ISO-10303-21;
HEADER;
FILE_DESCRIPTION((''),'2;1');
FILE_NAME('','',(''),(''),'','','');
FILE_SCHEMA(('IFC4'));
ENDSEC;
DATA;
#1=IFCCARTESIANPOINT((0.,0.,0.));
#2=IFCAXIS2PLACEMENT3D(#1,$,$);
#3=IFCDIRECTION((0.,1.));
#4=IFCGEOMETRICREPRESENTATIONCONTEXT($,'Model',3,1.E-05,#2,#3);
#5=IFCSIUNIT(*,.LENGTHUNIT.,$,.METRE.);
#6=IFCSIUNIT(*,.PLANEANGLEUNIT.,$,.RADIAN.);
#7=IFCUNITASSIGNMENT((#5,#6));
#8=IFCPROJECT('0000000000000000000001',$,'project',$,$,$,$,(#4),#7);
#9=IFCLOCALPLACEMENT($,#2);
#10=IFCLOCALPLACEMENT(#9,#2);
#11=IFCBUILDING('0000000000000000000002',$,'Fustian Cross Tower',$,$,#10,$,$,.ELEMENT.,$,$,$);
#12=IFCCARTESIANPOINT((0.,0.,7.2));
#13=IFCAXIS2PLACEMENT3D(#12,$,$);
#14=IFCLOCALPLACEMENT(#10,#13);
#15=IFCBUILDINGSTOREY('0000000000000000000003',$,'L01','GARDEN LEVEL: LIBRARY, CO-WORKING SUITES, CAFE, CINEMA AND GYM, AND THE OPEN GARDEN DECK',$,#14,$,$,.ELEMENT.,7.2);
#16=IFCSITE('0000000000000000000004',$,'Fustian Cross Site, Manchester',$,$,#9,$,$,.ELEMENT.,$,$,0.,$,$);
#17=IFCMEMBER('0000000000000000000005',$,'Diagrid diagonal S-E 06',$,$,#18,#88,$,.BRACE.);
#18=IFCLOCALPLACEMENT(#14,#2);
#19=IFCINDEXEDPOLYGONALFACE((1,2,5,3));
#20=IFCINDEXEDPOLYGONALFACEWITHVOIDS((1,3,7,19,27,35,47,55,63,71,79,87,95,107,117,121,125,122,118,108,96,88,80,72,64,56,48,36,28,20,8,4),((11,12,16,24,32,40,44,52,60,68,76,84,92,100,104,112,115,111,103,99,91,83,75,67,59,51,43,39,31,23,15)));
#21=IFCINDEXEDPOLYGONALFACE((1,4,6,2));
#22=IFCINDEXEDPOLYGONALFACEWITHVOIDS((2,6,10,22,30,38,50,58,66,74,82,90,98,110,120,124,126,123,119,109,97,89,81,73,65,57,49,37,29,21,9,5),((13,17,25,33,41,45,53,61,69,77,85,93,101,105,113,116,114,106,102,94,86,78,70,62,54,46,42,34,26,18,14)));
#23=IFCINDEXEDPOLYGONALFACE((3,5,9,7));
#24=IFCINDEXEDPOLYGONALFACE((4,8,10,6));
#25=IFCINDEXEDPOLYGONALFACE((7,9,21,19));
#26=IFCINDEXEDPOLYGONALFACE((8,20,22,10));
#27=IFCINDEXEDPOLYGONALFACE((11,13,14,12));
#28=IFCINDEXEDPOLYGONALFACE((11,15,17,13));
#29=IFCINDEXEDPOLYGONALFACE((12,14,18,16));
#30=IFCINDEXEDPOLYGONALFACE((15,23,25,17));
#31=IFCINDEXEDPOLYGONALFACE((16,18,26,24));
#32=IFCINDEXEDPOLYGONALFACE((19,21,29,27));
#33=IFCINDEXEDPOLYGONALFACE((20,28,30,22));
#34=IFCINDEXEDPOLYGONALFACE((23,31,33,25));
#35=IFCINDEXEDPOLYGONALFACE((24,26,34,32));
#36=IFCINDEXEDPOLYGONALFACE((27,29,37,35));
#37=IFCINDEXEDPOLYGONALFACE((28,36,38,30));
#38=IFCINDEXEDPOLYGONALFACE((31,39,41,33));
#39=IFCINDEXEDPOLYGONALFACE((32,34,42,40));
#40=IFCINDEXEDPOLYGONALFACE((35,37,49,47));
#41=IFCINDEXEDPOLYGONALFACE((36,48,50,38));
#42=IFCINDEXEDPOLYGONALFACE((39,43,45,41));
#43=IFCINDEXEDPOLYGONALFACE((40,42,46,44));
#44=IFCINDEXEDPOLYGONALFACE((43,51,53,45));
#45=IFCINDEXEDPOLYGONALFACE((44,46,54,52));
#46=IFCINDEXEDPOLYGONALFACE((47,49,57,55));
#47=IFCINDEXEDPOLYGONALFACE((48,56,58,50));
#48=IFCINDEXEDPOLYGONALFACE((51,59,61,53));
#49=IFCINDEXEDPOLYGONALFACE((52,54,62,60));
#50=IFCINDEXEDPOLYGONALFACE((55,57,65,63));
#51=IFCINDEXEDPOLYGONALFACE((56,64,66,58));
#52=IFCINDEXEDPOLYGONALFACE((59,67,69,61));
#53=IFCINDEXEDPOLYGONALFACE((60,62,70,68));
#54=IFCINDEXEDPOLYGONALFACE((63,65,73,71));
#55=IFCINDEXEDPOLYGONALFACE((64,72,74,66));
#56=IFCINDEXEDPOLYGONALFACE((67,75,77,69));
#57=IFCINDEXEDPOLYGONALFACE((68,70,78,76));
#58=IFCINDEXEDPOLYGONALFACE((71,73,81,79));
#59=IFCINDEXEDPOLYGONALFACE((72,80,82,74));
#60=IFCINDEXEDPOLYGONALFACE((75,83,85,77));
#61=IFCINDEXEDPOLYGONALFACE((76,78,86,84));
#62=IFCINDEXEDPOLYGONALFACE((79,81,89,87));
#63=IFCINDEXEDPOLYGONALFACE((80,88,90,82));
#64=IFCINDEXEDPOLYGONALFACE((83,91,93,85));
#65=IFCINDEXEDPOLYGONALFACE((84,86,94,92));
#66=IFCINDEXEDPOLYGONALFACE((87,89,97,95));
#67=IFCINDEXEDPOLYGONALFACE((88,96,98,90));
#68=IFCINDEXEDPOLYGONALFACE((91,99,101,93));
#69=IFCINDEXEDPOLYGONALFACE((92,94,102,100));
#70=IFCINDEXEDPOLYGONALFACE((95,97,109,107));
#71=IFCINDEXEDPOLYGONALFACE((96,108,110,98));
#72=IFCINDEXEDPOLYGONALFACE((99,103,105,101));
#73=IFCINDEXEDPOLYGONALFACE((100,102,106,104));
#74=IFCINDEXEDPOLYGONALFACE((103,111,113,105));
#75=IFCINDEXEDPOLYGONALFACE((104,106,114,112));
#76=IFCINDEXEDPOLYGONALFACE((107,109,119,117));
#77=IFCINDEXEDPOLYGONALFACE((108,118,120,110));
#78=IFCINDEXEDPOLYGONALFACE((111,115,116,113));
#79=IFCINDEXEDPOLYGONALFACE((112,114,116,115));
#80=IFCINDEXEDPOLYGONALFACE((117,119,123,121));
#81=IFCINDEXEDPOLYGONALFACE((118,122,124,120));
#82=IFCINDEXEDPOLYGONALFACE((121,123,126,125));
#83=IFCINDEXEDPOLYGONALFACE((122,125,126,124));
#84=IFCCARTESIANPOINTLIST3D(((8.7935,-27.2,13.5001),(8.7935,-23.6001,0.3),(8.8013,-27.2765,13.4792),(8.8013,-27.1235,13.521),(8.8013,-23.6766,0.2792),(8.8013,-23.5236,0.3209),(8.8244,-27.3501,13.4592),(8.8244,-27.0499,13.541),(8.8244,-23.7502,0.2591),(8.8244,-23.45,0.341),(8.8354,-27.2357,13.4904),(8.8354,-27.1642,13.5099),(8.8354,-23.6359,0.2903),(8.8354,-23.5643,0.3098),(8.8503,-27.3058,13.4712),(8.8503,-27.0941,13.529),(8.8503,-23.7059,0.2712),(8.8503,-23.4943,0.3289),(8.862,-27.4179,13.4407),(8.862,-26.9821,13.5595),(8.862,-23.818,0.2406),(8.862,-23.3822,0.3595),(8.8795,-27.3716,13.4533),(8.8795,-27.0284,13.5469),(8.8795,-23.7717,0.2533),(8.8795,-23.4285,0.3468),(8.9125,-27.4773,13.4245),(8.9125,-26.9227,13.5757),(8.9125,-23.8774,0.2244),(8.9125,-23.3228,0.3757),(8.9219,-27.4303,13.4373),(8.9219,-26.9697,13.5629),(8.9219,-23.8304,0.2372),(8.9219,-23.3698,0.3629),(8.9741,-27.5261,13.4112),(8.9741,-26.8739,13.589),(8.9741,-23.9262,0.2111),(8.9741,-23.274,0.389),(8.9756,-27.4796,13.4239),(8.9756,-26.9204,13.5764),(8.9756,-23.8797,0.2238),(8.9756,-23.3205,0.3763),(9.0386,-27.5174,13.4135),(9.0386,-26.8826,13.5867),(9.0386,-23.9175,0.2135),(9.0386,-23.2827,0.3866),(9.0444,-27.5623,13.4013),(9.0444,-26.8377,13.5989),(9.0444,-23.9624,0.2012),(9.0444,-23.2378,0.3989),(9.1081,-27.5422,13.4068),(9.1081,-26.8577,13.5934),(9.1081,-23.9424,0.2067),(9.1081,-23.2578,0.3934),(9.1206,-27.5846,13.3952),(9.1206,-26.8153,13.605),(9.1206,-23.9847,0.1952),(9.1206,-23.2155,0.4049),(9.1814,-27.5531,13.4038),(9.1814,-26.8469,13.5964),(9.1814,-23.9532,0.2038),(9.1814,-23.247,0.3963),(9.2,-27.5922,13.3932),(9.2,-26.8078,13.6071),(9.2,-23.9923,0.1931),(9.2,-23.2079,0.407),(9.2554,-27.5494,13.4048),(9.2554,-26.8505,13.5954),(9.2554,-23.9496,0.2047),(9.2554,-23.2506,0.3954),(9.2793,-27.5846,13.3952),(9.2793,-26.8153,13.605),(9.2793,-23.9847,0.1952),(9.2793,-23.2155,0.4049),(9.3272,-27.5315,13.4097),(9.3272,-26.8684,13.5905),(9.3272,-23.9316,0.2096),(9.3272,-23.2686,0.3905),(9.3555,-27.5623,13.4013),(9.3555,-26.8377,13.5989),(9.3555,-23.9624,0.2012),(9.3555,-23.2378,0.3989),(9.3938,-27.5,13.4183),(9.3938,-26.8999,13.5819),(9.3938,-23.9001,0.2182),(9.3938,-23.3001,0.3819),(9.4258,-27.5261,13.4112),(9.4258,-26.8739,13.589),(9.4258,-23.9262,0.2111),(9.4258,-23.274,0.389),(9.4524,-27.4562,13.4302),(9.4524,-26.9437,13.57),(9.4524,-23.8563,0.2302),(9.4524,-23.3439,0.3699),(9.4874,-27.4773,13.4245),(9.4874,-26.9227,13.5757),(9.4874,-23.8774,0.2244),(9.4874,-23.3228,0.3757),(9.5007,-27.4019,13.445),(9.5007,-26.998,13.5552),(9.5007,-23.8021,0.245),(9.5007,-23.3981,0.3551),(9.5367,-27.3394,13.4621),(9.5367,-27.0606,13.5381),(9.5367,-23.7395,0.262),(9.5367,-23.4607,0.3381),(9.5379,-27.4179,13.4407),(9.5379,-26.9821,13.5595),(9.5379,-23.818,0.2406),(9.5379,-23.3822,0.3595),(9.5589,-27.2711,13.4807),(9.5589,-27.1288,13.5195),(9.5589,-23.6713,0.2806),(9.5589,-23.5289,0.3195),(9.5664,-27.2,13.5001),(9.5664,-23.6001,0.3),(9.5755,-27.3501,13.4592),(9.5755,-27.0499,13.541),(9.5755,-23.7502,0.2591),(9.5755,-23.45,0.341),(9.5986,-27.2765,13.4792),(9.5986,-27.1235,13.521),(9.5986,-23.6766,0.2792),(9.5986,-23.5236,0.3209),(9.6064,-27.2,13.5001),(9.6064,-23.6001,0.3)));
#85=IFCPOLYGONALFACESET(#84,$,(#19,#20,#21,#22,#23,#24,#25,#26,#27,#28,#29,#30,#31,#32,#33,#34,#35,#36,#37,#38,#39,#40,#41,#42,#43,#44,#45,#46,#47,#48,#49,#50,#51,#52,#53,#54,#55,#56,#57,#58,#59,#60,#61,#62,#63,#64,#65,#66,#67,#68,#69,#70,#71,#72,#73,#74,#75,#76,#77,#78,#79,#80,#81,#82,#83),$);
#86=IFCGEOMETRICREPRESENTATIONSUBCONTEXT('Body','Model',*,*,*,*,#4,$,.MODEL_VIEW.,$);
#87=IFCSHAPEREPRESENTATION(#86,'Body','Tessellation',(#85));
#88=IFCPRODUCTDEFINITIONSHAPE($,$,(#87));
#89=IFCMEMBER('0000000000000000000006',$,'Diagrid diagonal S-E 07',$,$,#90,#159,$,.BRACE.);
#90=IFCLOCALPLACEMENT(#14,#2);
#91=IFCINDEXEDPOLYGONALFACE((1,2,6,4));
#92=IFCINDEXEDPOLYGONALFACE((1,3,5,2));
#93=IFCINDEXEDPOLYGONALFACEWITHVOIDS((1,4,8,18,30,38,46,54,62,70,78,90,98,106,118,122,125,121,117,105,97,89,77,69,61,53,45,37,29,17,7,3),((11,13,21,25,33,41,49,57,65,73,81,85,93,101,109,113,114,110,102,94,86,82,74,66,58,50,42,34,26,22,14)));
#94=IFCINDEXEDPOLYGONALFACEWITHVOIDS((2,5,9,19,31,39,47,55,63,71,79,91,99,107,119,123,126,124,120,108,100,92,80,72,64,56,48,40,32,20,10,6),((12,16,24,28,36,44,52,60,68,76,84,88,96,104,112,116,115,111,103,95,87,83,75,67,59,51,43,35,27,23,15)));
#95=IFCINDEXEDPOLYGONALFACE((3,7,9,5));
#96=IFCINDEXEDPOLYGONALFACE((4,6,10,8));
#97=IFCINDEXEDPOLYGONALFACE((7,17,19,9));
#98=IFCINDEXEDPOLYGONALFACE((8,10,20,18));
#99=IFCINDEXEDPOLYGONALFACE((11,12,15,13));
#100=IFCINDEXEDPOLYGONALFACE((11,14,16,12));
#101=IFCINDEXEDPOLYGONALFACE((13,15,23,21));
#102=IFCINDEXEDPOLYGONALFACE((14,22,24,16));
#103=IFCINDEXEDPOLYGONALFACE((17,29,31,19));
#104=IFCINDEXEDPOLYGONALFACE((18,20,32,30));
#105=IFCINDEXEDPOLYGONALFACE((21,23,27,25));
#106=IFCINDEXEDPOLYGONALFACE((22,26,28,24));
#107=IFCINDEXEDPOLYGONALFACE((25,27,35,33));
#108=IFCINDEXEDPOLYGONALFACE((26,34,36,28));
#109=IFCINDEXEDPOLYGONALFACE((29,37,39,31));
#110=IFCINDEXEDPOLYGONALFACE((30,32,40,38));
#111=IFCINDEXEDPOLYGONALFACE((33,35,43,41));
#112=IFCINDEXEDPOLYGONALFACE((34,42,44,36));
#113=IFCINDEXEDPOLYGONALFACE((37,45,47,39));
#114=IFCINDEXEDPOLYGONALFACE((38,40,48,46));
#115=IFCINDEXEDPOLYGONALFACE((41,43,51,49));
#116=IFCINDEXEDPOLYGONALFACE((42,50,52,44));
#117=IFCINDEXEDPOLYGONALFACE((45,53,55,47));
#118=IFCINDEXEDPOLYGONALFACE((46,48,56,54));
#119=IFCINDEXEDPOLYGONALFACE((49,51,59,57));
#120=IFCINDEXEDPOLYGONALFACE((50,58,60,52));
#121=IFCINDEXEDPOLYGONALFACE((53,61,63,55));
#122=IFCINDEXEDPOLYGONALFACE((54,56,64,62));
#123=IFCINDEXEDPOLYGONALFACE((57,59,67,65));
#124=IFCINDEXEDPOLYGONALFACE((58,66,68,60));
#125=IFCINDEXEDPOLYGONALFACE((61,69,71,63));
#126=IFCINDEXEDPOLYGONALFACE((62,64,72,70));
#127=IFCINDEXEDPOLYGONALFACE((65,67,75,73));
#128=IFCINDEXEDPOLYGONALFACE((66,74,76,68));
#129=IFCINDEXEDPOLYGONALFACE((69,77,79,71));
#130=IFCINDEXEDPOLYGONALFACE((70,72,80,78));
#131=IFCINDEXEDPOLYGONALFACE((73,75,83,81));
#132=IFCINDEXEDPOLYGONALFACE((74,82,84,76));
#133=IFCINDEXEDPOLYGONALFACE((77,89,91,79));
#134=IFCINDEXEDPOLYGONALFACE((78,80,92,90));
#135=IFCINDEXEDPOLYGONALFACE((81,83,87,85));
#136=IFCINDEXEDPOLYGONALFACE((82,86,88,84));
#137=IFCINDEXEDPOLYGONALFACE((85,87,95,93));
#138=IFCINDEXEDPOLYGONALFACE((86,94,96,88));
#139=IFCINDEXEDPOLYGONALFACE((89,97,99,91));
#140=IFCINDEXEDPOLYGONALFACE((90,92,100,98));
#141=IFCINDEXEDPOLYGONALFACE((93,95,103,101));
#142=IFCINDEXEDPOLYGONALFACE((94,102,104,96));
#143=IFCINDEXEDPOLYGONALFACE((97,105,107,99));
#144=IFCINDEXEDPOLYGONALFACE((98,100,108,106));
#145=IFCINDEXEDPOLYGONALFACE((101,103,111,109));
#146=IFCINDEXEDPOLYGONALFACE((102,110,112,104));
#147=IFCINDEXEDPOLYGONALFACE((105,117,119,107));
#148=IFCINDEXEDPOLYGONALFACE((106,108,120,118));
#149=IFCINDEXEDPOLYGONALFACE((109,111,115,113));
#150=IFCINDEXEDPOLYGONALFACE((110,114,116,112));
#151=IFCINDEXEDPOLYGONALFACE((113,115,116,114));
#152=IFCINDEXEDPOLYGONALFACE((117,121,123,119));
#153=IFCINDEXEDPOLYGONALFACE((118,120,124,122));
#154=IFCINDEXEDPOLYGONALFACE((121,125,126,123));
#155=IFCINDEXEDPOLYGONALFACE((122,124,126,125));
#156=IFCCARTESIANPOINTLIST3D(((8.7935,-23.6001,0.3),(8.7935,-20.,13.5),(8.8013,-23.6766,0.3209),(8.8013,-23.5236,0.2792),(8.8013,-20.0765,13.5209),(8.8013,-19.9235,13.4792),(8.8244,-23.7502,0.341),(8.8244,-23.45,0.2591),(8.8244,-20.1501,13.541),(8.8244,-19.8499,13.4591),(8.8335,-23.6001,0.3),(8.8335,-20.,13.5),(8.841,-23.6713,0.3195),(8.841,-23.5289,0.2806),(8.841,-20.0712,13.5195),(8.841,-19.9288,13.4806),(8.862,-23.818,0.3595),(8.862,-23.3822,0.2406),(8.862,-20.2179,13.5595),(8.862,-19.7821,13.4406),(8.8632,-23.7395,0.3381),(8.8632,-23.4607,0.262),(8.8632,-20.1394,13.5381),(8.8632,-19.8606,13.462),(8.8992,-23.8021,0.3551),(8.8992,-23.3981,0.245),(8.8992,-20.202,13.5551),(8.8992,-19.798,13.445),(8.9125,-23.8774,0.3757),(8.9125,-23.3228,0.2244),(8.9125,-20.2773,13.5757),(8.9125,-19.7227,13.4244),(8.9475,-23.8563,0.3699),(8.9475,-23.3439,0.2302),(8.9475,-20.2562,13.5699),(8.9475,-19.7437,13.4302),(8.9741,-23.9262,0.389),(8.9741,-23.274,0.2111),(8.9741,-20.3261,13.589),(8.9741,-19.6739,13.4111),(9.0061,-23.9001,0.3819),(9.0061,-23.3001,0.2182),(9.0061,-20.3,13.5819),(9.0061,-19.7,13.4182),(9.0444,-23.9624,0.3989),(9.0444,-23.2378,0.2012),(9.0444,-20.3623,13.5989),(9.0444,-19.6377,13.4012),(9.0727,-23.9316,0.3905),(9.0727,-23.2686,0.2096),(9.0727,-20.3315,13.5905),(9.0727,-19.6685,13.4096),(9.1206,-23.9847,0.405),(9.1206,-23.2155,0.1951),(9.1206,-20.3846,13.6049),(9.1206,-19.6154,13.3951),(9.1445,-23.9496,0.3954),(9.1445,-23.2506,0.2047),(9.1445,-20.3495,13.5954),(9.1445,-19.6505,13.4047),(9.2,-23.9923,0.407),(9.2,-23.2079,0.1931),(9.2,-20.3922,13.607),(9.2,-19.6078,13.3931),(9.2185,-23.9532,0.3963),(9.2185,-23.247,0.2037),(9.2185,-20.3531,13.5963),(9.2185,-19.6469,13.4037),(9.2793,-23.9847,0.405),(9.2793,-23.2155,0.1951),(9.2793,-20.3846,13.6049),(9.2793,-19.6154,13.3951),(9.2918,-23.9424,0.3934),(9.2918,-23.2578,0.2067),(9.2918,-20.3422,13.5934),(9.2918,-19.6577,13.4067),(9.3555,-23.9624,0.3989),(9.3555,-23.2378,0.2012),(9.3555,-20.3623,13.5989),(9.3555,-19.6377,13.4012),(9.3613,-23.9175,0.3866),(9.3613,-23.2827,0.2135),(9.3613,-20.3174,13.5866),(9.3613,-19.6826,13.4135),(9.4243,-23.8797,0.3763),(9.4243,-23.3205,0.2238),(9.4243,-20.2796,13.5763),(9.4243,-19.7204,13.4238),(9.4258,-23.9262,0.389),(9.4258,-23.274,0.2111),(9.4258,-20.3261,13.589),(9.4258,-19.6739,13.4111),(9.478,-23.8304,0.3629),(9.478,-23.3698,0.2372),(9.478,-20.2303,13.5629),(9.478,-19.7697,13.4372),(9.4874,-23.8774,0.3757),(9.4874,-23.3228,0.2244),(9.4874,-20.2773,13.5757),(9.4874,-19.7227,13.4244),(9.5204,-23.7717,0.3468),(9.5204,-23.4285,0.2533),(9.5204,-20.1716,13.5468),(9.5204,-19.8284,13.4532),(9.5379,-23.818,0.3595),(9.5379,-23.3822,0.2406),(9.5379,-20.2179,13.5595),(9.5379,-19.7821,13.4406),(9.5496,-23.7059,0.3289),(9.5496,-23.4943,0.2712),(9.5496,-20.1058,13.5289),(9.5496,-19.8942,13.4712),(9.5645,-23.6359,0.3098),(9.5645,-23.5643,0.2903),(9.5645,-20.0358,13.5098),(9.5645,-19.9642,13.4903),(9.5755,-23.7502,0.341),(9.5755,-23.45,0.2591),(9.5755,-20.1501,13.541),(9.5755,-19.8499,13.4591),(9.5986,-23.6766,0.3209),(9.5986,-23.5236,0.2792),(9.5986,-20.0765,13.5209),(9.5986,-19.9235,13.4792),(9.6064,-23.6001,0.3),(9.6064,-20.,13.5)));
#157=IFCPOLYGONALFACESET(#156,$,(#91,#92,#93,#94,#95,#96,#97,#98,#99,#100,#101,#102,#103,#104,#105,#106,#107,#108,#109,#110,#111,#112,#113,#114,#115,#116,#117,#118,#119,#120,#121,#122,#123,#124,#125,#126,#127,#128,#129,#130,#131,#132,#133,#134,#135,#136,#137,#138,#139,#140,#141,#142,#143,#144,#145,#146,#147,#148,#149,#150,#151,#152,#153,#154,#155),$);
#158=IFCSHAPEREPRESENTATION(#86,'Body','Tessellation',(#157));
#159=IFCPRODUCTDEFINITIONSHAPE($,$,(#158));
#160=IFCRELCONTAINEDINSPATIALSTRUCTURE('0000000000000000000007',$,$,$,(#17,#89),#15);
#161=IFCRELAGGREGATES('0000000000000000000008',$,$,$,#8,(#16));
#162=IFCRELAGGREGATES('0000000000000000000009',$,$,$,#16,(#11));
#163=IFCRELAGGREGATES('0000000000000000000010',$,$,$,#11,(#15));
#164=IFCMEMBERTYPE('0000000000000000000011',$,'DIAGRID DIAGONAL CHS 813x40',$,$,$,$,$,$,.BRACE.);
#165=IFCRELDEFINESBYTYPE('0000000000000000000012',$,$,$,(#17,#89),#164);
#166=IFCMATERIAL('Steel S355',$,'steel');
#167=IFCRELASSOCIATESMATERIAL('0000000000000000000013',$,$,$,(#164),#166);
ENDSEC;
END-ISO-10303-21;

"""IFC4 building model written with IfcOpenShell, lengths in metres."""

from ifc_helpers import new_model, si_unit, direction, frame, origin, origin_2d, place, context, subcontext, project, spatial, hollow_circle, extrude, material, material_profile, profile_set, type_object, element, save


model = new_model("IFC4")

# Units and contexts
model_context = context("Model", 3, precision=1e-05, world=origin(), true_north=direction((0.0, 1.0)))
body_context = subcontext(model_context, "Body", "Model", "MODEL_VIEW")
ifc_project = project(units=[si_unit("LENGTHUNIT", "METRE"), si_unit("PLANEANGLEUNIT", "RADIAN")], contexts=[model_context])

# Site, building, storey
site_placement = place(None, origin())
site = spatial("IfcSite", under=ifc_project, at=site_placement, Name="Fustian Cross Site, Manchester", CompositionType="ELEMENT", RefElevation=0.0)
building_placement = place(site_placement, origin())
building = spatial("IfcBuilding", under=site, at=building_placement, Name="Fustian Cross Tower", CompositionType="ELEMENT")
storey_placement = place(building_placement, frame((0.0, 0.0, 7.2)))
storey = spatial("IfcBuildingStorey", under=building, at=storey_placement, Name="L01", Description="GARDEN LEVEL: LIBRARY, CO-WORKING SUITES, CAFE, CINEMA AND GYM, AND THE OPEN GARDEN DECK", CompositionType="ELEMENT", Elevation=7.2)

# Members
ifc_material_1 = material(Name="Steel S355", Category="steel")
ifc_material_profile_1 = material_profile(ifc_material_1, hollow_circle(Radius=0.4065, WallThickness=0.04, at=origin_2d()), Name="CHS 813x40")
ifc_profile_set_1 = profile_set([ifc_material_profile_1], Name="Steel S355")
member_type_1 = type_object("IfcMemberType", Name="DIAGRID DIAGONAL CHS 813x40", PredefinedType="BRACE", material=ifc_profile_set_1)
for number, where, z_axis, x_axis, name in (
    (1, (9.2, -23.6001, 0.3), (0.0, -0.263108, 0.964766), (1.0, 0.0, 0.0), "Diagrid diagonal S-E 06"),
    (2, (9.2, -23.6001, 0.3), (0.0, 0.263125, 0.964762), (-1.0, 0.0, 0.0), "Diagrid diagonal S-E 07"),
):
    element("IfcMember", number, at=place(storey_placement, frame(where, z_axis=z_axis, x_axis=x_axis)), inside=storey, type_object=member_type_1, Name=name, PredefinedType="BRACE", context=body_context, shape_type="SweptSolid", body=[
        extrude(hollow_circle(Radius=0.4065, WallThickness=0.04, at=origin_2d()), origin(), (0.0, 0.0, 1.0), 13.6821),
    ])

save(model, "model.ifc")
